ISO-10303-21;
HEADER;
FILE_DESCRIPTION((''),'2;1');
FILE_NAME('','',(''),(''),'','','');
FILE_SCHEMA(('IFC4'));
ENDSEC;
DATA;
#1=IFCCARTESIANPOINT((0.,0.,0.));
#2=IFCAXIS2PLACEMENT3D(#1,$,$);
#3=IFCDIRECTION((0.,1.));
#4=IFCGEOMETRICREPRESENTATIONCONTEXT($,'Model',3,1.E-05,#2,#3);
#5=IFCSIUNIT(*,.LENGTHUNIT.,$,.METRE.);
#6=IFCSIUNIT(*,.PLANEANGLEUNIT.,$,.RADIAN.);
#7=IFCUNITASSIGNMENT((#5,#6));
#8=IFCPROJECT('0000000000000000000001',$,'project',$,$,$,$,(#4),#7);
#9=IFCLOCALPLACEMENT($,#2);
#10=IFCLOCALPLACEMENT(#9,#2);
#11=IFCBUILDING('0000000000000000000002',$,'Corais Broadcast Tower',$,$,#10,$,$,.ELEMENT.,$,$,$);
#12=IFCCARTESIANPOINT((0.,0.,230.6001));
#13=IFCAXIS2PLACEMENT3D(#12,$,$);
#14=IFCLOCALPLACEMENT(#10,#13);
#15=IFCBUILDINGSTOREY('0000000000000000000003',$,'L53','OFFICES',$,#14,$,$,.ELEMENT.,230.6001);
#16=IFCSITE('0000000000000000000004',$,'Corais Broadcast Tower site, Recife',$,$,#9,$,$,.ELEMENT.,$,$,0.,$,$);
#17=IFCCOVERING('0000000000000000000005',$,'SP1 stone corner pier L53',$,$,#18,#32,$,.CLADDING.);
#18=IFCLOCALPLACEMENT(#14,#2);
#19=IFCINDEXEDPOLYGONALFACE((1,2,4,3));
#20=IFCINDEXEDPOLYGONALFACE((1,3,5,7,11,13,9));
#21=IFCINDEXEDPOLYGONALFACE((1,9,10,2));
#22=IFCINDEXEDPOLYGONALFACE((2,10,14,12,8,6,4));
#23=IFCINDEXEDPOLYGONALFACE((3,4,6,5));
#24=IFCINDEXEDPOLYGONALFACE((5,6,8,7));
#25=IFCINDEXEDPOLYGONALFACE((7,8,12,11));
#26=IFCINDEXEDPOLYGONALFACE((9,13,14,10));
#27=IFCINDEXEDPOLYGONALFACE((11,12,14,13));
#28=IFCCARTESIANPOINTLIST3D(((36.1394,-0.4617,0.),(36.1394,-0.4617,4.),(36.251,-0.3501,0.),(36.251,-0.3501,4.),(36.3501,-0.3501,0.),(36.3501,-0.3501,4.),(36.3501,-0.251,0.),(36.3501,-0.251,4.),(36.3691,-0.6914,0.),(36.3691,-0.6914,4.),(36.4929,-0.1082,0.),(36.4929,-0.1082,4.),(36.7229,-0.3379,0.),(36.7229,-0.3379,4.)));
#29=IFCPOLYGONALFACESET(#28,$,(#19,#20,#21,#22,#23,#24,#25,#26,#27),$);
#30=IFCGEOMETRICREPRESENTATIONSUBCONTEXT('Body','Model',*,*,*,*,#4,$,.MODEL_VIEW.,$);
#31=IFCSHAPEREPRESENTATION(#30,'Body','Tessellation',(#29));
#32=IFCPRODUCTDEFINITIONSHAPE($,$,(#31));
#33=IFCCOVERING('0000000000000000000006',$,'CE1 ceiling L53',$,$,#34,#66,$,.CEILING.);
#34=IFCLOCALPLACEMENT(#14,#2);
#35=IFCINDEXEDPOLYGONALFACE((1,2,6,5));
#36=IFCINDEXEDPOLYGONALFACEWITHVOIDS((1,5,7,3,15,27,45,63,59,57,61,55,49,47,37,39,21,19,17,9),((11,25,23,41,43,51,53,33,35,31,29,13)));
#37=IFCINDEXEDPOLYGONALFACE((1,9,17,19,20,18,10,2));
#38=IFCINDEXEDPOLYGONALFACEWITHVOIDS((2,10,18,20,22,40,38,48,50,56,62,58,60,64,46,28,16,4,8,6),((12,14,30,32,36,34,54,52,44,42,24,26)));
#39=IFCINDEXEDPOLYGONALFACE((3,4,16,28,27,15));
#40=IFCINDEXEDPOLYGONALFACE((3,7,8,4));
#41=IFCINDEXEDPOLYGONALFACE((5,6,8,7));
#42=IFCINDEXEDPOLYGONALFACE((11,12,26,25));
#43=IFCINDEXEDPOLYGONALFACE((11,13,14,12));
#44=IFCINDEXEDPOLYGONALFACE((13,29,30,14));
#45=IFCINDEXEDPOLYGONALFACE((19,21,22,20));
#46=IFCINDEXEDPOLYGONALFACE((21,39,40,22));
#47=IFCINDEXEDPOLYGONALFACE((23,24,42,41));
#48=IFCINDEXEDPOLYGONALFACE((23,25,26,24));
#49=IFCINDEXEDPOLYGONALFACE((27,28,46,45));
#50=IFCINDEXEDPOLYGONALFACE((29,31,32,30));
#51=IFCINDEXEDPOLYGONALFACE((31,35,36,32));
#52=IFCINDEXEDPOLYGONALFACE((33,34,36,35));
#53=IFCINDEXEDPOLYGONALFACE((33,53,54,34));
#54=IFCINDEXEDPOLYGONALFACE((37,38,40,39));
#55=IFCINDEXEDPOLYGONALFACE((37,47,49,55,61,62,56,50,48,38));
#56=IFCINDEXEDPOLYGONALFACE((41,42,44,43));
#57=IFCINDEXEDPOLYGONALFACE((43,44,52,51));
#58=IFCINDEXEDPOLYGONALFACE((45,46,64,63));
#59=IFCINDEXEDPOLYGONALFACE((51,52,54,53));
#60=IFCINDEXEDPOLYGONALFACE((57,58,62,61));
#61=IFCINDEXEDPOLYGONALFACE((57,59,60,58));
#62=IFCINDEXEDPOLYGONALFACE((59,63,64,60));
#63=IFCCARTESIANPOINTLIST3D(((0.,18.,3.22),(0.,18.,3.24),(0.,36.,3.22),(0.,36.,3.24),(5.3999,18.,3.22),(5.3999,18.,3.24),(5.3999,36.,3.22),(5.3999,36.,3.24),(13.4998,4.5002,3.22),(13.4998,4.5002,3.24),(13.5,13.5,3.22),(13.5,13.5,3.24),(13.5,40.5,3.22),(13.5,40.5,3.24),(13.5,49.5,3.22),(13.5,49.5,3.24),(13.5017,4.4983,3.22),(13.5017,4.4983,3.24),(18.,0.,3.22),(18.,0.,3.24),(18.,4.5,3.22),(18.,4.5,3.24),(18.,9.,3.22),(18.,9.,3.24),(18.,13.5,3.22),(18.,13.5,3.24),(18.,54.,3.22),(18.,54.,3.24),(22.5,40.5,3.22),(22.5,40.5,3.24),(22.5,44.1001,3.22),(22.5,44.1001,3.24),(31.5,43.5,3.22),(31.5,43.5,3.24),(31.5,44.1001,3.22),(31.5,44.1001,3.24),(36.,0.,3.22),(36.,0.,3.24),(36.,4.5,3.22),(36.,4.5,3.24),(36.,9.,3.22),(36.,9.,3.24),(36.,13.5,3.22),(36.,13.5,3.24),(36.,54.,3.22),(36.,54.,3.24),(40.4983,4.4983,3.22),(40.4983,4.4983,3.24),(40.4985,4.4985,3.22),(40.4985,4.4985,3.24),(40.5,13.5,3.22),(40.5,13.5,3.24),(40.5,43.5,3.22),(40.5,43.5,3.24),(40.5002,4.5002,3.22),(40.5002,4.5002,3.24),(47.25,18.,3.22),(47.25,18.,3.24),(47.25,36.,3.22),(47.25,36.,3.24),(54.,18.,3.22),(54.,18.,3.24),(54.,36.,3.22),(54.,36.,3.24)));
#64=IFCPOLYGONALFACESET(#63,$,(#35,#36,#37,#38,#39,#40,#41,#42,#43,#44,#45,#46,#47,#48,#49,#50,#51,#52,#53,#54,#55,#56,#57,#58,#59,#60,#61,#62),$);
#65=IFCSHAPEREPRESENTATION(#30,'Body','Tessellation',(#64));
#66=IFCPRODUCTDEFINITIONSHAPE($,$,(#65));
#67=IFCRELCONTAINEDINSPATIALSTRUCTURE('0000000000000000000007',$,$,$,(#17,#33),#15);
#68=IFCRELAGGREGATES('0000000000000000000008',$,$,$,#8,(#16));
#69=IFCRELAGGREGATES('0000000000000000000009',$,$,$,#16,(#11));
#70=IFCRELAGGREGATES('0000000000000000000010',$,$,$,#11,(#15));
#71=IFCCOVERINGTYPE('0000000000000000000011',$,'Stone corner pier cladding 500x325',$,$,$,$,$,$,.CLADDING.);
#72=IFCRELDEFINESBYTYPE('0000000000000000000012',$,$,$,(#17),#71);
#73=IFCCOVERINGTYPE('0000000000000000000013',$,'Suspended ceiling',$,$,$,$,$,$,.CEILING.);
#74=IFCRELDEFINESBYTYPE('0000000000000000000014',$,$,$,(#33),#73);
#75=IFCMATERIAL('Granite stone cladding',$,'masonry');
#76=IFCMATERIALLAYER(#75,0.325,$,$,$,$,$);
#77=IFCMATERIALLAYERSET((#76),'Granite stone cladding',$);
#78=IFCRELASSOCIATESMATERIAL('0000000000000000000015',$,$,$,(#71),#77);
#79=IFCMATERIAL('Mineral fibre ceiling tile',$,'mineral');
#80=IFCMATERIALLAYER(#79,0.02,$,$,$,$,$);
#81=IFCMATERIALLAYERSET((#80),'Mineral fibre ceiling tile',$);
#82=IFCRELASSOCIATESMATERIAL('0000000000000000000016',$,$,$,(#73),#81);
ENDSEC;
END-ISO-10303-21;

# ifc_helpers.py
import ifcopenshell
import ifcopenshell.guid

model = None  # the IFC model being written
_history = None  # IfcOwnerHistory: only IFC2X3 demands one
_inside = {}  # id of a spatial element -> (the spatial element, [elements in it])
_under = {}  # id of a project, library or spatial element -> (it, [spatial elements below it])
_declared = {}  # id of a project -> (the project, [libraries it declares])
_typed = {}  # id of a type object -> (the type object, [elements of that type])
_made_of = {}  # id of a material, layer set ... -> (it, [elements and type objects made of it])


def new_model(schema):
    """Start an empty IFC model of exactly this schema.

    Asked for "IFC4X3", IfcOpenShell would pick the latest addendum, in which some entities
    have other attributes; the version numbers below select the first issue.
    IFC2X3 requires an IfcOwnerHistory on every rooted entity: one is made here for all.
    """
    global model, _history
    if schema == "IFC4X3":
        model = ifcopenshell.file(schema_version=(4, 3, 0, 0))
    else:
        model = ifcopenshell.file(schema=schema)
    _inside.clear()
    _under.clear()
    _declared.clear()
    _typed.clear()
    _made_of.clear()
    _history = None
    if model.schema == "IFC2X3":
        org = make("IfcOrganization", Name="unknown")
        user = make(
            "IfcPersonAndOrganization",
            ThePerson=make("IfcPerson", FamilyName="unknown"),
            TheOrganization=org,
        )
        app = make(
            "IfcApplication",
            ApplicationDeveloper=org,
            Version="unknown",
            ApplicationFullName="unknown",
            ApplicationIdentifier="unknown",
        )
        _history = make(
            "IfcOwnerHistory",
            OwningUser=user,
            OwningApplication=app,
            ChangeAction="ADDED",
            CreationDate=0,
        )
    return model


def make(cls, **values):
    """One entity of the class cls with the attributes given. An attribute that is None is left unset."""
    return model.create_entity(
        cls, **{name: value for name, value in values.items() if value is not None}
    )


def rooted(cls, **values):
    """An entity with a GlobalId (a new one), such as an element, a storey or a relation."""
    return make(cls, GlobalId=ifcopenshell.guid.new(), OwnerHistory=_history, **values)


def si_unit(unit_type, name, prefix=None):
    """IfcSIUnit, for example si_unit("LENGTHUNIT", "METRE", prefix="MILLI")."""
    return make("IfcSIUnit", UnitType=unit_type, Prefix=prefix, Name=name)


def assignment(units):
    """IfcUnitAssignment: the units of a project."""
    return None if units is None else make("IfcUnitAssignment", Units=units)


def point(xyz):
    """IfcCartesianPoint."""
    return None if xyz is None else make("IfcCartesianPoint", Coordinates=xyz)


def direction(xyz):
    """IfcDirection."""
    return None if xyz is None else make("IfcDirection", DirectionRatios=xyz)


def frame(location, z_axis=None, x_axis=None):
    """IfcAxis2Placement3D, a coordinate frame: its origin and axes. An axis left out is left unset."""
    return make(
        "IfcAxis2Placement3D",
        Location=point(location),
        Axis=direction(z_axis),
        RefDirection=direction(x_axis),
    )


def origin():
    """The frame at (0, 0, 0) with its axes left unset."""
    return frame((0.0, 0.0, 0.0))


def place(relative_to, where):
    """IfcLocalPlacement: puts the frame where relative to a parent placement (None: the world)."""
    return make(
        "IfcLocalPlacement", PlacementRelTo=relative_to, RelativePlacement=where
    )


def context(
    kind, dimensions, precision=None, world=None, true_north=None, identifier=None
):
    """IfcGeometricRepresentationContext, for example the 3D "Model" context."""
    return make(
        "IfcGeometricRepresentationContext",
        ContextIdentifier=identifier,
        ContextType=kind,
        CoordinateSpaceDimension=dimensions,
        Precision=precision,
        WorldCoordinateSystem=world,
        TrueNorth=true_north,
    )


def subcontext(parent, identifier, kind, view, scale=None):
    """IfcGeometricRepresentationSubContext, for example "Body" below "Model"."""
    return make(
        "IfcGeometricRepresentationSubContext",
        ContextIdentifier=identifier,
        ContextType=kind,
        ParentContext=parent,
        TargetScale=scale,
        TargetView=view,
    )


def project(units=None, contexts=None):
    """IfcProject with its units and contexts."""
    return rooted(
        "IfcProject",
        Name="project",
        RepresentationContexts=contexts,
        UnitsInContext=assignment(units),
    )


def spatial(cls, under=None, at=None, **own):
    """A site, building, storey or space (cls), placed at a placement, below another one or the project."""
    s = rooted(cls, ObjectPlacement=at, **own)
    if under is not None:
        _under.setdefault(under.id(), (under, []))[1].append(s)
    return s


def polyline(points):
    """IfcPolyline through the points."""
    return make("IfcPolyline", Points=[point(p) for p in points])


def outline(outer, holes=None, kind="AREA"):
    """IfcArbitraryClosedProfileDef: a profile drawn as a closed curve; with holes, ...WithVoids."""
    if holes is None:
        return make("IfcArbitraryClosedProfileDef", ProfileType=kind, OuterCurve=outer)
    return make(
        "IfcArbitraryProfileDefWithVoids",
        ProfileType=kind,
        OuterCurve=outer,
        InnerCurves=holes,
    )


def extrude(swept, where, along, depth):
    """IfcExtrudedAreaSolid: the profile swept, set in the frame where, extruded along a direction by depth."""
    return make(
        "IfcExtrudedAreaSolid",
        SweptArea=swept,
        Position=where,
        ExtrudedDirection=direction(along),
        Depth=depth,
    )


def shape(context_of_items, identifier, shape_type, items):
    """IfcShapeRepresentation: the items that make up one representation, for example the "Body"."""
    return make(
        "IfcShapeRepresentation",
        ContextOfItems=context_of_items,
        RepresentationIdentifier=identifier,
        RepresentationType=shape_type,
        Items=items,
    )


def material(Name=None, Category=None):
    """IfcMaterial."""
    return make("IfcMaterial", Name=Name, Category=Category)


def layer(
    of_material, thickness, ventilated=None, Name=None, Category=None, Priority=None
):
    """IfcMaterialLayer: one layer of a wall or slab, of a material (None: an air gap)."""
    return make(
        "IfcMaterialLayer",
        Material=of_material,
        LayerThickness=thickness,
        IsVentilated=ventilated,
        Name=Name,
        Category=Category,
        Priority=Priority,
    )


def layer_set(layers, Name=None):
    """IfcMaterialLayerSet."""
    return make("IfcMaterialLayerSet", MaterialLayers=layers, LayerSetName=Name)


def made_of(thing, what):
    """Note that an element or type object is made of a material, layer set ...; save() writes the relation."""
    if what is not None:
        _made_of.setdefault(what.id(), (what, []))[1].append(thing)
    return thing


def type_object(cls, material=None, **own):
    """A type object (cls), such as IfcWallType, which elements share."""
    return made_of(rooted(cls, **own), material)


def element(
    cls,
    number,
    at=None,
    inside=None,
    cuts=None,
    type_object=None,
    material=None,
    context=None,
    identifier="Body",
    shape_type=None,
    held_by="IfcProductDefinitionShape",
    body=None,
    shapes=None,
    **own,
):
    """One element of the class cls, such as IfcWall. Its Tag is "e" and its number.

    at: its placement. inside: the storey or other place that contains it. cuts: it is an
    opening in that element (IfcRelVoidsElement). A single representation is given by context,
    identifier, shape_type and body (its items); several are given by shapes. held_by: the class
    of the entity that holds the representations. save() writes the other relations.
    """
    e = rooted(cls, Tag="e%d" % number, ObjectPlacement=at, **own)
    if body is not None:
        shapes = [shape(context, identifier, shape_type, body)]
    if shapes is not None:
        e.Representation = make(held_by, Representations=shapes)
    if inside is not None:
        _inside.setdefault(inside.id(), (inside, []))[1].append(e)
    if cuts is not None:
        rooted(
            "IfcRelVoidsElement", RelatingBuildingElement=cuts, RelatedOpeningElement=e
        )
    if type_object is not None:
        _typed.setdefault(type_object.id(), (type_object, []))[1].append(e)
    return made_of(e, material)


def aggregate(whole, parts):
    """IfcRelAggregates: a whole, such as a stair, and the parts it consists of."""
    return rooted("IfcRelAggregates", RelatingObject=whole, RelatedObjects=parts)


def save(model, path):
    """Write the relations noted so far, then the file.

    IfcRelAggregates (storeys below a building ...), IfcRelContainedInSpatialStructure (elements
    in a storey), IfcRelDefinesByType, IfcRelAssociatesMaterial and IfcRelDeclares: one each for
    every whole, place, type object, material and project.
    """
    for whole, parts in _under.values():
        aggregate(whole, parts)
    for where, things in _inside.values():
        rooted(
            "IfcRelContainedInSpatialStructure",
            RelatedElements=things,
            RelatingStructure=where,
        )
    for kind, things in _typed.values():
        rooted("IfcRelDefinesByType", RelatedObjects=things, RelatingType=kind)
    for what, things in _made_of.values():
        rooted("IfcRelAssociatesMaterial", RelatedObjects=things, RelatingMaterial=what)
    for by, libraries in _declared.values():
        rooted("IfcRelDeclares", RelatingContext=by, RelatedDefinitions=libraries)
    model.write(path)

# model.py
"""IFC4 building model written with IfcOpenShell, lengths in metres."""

from ifc_helpers import new_model, si_unit, direction, frame, origin, place, context, subcontext, project, spatial, polyline, outline, extrude, material, layer, layer_set, type_object, element, save


model = new_model("IFC4")

# Units and contexts
model_context = context("Model", 3, precision=1e-05, world=origin(), true_north=direction((0.0, 1.0)))
body_context = subcontext(model_context, "Body", "Model", "MODEL_VIEW")
ifc_project = project(units=[si_unit("LENGTHUNIT", "METRE"), si_unit("PLANEANGLEUNIT", "RADIAN")], contexts=[model_context])

# Site, building, storey
site_placement = place(None, origin())
site = spatial("IfcSite", under=ifc_project, at=site_placement, Name="Corais Broadcast Tower site, Recife", CompositionType="ELEMENT", RefElevation=0.0)
building_placement = place(site_placement, origin())
building = spatial("IfcBuilding", under=site, at=building_placement, Name="Corais Broadcast Tower", CompositionType="ELEMENT")
storey_placement = place(building_placement, frame((0.0, 0.0, 230.6001)))
storey = spatial("IfcBuildingStorey", under=building, at=storey_placement, Name="L53", Description="OFFICES", CompositionType="ELEMENT", Elevation=230.6001)

# Coverings
ifc_material_1 = material(Name="Granite stone cladding", Category="masonry")
ifc_layer_1 = layer(ifc_material_1, 0.325)
ifc_layer_set_1 = layer_set([ifc_layer_1], Name="Granite stone cladding")
covering_type_1 = type_object("IfcCoveringType", Name="Stone corner pier cladding 500x325", PredefinedType="CLADDING", material=ifc_layer_set_1)
covering_1_placement = place(storey_placement, origin())
element("IfcCovering", 1, at=covering_1_placement, inside=storey, type_object=covering_type_1, Name="SP1 stone corner pier L53", PredefinedType="CLADDING", context=body_context, shape_type="SweptSolid", body=[
    extrude(outline(polyline([(36.251, -0.3501), (36.1394, -0.4617), (36.3691, -0.6914), (36.7229, -0.3379), (36.4929, -0.1082), (36.3501, -0.251), (36.3501, -0.3501), (36.251, -0.3501)])), origin(), (0.0, 0.0, 1.0), 4.0),
])
ifc_material_2 = material(Name="Mineral fibre ceiling tile", Category="mineral")
ifc_layer_2 = layer(ifc_material_2, 0.02)
ifc_layer_set_2 = layer_set([ifc_layer_2], Name="Mineral fibre ceiling tile")
covering_type_2 = type_object("IfcCoveringType", Name="Suspended ceiling", PredefinedType="CEILING", material=ifc_layer_set_2)
covering_2_placement = place(storey_placement, frame((0.0, 0.0, 3.22)))
element("IfcCovering", 2, at=covering_2_placement, inside=storey, type_object=covering_type_2, Name="CE1 ceiling L53", PredefinedType="CEILING", context=body_context, shape_type="SweptSolid", body=[
    extrude(outline(polyline([(13.5, 49.5), (13.5, 49.5), (18.0, 54.0), (36.0, 54.0), (54.0, 36.0), (47.25, 36.0), (47.25, 18.0), (54.0, 18.0), (40.5002, 4.5002), (40.4985, 4.4985), (40.4983, 4.4983), (36.0, 0.0), (36.0, 4.5), (18.0, 4.5), (18.0, 0.0), (13.5017, 4.4983), (13.4998, 4.5002), (0.0, 18.0), (5.3999, 18.0), (5.3999, 36.0), (0.0, 36.0), (13.5, 49.5)]), holes=[polyline([(40.5, 43.5), (31.5, 43.5), (31.5, 44.1001), (22.5, 44.1001), (22.5, 40.5), (13.5, 40.5), (13.5, 13.5), (18.0, 13.5), (18.0, 9.0), (36.0, 9.0), (36.0, 13.5), (40.5, 13.5), (40.5, 43.5)])]), origin(), (0.0, 0.0, 1.0), 0.02),
])

save(model, "model.ifc")
